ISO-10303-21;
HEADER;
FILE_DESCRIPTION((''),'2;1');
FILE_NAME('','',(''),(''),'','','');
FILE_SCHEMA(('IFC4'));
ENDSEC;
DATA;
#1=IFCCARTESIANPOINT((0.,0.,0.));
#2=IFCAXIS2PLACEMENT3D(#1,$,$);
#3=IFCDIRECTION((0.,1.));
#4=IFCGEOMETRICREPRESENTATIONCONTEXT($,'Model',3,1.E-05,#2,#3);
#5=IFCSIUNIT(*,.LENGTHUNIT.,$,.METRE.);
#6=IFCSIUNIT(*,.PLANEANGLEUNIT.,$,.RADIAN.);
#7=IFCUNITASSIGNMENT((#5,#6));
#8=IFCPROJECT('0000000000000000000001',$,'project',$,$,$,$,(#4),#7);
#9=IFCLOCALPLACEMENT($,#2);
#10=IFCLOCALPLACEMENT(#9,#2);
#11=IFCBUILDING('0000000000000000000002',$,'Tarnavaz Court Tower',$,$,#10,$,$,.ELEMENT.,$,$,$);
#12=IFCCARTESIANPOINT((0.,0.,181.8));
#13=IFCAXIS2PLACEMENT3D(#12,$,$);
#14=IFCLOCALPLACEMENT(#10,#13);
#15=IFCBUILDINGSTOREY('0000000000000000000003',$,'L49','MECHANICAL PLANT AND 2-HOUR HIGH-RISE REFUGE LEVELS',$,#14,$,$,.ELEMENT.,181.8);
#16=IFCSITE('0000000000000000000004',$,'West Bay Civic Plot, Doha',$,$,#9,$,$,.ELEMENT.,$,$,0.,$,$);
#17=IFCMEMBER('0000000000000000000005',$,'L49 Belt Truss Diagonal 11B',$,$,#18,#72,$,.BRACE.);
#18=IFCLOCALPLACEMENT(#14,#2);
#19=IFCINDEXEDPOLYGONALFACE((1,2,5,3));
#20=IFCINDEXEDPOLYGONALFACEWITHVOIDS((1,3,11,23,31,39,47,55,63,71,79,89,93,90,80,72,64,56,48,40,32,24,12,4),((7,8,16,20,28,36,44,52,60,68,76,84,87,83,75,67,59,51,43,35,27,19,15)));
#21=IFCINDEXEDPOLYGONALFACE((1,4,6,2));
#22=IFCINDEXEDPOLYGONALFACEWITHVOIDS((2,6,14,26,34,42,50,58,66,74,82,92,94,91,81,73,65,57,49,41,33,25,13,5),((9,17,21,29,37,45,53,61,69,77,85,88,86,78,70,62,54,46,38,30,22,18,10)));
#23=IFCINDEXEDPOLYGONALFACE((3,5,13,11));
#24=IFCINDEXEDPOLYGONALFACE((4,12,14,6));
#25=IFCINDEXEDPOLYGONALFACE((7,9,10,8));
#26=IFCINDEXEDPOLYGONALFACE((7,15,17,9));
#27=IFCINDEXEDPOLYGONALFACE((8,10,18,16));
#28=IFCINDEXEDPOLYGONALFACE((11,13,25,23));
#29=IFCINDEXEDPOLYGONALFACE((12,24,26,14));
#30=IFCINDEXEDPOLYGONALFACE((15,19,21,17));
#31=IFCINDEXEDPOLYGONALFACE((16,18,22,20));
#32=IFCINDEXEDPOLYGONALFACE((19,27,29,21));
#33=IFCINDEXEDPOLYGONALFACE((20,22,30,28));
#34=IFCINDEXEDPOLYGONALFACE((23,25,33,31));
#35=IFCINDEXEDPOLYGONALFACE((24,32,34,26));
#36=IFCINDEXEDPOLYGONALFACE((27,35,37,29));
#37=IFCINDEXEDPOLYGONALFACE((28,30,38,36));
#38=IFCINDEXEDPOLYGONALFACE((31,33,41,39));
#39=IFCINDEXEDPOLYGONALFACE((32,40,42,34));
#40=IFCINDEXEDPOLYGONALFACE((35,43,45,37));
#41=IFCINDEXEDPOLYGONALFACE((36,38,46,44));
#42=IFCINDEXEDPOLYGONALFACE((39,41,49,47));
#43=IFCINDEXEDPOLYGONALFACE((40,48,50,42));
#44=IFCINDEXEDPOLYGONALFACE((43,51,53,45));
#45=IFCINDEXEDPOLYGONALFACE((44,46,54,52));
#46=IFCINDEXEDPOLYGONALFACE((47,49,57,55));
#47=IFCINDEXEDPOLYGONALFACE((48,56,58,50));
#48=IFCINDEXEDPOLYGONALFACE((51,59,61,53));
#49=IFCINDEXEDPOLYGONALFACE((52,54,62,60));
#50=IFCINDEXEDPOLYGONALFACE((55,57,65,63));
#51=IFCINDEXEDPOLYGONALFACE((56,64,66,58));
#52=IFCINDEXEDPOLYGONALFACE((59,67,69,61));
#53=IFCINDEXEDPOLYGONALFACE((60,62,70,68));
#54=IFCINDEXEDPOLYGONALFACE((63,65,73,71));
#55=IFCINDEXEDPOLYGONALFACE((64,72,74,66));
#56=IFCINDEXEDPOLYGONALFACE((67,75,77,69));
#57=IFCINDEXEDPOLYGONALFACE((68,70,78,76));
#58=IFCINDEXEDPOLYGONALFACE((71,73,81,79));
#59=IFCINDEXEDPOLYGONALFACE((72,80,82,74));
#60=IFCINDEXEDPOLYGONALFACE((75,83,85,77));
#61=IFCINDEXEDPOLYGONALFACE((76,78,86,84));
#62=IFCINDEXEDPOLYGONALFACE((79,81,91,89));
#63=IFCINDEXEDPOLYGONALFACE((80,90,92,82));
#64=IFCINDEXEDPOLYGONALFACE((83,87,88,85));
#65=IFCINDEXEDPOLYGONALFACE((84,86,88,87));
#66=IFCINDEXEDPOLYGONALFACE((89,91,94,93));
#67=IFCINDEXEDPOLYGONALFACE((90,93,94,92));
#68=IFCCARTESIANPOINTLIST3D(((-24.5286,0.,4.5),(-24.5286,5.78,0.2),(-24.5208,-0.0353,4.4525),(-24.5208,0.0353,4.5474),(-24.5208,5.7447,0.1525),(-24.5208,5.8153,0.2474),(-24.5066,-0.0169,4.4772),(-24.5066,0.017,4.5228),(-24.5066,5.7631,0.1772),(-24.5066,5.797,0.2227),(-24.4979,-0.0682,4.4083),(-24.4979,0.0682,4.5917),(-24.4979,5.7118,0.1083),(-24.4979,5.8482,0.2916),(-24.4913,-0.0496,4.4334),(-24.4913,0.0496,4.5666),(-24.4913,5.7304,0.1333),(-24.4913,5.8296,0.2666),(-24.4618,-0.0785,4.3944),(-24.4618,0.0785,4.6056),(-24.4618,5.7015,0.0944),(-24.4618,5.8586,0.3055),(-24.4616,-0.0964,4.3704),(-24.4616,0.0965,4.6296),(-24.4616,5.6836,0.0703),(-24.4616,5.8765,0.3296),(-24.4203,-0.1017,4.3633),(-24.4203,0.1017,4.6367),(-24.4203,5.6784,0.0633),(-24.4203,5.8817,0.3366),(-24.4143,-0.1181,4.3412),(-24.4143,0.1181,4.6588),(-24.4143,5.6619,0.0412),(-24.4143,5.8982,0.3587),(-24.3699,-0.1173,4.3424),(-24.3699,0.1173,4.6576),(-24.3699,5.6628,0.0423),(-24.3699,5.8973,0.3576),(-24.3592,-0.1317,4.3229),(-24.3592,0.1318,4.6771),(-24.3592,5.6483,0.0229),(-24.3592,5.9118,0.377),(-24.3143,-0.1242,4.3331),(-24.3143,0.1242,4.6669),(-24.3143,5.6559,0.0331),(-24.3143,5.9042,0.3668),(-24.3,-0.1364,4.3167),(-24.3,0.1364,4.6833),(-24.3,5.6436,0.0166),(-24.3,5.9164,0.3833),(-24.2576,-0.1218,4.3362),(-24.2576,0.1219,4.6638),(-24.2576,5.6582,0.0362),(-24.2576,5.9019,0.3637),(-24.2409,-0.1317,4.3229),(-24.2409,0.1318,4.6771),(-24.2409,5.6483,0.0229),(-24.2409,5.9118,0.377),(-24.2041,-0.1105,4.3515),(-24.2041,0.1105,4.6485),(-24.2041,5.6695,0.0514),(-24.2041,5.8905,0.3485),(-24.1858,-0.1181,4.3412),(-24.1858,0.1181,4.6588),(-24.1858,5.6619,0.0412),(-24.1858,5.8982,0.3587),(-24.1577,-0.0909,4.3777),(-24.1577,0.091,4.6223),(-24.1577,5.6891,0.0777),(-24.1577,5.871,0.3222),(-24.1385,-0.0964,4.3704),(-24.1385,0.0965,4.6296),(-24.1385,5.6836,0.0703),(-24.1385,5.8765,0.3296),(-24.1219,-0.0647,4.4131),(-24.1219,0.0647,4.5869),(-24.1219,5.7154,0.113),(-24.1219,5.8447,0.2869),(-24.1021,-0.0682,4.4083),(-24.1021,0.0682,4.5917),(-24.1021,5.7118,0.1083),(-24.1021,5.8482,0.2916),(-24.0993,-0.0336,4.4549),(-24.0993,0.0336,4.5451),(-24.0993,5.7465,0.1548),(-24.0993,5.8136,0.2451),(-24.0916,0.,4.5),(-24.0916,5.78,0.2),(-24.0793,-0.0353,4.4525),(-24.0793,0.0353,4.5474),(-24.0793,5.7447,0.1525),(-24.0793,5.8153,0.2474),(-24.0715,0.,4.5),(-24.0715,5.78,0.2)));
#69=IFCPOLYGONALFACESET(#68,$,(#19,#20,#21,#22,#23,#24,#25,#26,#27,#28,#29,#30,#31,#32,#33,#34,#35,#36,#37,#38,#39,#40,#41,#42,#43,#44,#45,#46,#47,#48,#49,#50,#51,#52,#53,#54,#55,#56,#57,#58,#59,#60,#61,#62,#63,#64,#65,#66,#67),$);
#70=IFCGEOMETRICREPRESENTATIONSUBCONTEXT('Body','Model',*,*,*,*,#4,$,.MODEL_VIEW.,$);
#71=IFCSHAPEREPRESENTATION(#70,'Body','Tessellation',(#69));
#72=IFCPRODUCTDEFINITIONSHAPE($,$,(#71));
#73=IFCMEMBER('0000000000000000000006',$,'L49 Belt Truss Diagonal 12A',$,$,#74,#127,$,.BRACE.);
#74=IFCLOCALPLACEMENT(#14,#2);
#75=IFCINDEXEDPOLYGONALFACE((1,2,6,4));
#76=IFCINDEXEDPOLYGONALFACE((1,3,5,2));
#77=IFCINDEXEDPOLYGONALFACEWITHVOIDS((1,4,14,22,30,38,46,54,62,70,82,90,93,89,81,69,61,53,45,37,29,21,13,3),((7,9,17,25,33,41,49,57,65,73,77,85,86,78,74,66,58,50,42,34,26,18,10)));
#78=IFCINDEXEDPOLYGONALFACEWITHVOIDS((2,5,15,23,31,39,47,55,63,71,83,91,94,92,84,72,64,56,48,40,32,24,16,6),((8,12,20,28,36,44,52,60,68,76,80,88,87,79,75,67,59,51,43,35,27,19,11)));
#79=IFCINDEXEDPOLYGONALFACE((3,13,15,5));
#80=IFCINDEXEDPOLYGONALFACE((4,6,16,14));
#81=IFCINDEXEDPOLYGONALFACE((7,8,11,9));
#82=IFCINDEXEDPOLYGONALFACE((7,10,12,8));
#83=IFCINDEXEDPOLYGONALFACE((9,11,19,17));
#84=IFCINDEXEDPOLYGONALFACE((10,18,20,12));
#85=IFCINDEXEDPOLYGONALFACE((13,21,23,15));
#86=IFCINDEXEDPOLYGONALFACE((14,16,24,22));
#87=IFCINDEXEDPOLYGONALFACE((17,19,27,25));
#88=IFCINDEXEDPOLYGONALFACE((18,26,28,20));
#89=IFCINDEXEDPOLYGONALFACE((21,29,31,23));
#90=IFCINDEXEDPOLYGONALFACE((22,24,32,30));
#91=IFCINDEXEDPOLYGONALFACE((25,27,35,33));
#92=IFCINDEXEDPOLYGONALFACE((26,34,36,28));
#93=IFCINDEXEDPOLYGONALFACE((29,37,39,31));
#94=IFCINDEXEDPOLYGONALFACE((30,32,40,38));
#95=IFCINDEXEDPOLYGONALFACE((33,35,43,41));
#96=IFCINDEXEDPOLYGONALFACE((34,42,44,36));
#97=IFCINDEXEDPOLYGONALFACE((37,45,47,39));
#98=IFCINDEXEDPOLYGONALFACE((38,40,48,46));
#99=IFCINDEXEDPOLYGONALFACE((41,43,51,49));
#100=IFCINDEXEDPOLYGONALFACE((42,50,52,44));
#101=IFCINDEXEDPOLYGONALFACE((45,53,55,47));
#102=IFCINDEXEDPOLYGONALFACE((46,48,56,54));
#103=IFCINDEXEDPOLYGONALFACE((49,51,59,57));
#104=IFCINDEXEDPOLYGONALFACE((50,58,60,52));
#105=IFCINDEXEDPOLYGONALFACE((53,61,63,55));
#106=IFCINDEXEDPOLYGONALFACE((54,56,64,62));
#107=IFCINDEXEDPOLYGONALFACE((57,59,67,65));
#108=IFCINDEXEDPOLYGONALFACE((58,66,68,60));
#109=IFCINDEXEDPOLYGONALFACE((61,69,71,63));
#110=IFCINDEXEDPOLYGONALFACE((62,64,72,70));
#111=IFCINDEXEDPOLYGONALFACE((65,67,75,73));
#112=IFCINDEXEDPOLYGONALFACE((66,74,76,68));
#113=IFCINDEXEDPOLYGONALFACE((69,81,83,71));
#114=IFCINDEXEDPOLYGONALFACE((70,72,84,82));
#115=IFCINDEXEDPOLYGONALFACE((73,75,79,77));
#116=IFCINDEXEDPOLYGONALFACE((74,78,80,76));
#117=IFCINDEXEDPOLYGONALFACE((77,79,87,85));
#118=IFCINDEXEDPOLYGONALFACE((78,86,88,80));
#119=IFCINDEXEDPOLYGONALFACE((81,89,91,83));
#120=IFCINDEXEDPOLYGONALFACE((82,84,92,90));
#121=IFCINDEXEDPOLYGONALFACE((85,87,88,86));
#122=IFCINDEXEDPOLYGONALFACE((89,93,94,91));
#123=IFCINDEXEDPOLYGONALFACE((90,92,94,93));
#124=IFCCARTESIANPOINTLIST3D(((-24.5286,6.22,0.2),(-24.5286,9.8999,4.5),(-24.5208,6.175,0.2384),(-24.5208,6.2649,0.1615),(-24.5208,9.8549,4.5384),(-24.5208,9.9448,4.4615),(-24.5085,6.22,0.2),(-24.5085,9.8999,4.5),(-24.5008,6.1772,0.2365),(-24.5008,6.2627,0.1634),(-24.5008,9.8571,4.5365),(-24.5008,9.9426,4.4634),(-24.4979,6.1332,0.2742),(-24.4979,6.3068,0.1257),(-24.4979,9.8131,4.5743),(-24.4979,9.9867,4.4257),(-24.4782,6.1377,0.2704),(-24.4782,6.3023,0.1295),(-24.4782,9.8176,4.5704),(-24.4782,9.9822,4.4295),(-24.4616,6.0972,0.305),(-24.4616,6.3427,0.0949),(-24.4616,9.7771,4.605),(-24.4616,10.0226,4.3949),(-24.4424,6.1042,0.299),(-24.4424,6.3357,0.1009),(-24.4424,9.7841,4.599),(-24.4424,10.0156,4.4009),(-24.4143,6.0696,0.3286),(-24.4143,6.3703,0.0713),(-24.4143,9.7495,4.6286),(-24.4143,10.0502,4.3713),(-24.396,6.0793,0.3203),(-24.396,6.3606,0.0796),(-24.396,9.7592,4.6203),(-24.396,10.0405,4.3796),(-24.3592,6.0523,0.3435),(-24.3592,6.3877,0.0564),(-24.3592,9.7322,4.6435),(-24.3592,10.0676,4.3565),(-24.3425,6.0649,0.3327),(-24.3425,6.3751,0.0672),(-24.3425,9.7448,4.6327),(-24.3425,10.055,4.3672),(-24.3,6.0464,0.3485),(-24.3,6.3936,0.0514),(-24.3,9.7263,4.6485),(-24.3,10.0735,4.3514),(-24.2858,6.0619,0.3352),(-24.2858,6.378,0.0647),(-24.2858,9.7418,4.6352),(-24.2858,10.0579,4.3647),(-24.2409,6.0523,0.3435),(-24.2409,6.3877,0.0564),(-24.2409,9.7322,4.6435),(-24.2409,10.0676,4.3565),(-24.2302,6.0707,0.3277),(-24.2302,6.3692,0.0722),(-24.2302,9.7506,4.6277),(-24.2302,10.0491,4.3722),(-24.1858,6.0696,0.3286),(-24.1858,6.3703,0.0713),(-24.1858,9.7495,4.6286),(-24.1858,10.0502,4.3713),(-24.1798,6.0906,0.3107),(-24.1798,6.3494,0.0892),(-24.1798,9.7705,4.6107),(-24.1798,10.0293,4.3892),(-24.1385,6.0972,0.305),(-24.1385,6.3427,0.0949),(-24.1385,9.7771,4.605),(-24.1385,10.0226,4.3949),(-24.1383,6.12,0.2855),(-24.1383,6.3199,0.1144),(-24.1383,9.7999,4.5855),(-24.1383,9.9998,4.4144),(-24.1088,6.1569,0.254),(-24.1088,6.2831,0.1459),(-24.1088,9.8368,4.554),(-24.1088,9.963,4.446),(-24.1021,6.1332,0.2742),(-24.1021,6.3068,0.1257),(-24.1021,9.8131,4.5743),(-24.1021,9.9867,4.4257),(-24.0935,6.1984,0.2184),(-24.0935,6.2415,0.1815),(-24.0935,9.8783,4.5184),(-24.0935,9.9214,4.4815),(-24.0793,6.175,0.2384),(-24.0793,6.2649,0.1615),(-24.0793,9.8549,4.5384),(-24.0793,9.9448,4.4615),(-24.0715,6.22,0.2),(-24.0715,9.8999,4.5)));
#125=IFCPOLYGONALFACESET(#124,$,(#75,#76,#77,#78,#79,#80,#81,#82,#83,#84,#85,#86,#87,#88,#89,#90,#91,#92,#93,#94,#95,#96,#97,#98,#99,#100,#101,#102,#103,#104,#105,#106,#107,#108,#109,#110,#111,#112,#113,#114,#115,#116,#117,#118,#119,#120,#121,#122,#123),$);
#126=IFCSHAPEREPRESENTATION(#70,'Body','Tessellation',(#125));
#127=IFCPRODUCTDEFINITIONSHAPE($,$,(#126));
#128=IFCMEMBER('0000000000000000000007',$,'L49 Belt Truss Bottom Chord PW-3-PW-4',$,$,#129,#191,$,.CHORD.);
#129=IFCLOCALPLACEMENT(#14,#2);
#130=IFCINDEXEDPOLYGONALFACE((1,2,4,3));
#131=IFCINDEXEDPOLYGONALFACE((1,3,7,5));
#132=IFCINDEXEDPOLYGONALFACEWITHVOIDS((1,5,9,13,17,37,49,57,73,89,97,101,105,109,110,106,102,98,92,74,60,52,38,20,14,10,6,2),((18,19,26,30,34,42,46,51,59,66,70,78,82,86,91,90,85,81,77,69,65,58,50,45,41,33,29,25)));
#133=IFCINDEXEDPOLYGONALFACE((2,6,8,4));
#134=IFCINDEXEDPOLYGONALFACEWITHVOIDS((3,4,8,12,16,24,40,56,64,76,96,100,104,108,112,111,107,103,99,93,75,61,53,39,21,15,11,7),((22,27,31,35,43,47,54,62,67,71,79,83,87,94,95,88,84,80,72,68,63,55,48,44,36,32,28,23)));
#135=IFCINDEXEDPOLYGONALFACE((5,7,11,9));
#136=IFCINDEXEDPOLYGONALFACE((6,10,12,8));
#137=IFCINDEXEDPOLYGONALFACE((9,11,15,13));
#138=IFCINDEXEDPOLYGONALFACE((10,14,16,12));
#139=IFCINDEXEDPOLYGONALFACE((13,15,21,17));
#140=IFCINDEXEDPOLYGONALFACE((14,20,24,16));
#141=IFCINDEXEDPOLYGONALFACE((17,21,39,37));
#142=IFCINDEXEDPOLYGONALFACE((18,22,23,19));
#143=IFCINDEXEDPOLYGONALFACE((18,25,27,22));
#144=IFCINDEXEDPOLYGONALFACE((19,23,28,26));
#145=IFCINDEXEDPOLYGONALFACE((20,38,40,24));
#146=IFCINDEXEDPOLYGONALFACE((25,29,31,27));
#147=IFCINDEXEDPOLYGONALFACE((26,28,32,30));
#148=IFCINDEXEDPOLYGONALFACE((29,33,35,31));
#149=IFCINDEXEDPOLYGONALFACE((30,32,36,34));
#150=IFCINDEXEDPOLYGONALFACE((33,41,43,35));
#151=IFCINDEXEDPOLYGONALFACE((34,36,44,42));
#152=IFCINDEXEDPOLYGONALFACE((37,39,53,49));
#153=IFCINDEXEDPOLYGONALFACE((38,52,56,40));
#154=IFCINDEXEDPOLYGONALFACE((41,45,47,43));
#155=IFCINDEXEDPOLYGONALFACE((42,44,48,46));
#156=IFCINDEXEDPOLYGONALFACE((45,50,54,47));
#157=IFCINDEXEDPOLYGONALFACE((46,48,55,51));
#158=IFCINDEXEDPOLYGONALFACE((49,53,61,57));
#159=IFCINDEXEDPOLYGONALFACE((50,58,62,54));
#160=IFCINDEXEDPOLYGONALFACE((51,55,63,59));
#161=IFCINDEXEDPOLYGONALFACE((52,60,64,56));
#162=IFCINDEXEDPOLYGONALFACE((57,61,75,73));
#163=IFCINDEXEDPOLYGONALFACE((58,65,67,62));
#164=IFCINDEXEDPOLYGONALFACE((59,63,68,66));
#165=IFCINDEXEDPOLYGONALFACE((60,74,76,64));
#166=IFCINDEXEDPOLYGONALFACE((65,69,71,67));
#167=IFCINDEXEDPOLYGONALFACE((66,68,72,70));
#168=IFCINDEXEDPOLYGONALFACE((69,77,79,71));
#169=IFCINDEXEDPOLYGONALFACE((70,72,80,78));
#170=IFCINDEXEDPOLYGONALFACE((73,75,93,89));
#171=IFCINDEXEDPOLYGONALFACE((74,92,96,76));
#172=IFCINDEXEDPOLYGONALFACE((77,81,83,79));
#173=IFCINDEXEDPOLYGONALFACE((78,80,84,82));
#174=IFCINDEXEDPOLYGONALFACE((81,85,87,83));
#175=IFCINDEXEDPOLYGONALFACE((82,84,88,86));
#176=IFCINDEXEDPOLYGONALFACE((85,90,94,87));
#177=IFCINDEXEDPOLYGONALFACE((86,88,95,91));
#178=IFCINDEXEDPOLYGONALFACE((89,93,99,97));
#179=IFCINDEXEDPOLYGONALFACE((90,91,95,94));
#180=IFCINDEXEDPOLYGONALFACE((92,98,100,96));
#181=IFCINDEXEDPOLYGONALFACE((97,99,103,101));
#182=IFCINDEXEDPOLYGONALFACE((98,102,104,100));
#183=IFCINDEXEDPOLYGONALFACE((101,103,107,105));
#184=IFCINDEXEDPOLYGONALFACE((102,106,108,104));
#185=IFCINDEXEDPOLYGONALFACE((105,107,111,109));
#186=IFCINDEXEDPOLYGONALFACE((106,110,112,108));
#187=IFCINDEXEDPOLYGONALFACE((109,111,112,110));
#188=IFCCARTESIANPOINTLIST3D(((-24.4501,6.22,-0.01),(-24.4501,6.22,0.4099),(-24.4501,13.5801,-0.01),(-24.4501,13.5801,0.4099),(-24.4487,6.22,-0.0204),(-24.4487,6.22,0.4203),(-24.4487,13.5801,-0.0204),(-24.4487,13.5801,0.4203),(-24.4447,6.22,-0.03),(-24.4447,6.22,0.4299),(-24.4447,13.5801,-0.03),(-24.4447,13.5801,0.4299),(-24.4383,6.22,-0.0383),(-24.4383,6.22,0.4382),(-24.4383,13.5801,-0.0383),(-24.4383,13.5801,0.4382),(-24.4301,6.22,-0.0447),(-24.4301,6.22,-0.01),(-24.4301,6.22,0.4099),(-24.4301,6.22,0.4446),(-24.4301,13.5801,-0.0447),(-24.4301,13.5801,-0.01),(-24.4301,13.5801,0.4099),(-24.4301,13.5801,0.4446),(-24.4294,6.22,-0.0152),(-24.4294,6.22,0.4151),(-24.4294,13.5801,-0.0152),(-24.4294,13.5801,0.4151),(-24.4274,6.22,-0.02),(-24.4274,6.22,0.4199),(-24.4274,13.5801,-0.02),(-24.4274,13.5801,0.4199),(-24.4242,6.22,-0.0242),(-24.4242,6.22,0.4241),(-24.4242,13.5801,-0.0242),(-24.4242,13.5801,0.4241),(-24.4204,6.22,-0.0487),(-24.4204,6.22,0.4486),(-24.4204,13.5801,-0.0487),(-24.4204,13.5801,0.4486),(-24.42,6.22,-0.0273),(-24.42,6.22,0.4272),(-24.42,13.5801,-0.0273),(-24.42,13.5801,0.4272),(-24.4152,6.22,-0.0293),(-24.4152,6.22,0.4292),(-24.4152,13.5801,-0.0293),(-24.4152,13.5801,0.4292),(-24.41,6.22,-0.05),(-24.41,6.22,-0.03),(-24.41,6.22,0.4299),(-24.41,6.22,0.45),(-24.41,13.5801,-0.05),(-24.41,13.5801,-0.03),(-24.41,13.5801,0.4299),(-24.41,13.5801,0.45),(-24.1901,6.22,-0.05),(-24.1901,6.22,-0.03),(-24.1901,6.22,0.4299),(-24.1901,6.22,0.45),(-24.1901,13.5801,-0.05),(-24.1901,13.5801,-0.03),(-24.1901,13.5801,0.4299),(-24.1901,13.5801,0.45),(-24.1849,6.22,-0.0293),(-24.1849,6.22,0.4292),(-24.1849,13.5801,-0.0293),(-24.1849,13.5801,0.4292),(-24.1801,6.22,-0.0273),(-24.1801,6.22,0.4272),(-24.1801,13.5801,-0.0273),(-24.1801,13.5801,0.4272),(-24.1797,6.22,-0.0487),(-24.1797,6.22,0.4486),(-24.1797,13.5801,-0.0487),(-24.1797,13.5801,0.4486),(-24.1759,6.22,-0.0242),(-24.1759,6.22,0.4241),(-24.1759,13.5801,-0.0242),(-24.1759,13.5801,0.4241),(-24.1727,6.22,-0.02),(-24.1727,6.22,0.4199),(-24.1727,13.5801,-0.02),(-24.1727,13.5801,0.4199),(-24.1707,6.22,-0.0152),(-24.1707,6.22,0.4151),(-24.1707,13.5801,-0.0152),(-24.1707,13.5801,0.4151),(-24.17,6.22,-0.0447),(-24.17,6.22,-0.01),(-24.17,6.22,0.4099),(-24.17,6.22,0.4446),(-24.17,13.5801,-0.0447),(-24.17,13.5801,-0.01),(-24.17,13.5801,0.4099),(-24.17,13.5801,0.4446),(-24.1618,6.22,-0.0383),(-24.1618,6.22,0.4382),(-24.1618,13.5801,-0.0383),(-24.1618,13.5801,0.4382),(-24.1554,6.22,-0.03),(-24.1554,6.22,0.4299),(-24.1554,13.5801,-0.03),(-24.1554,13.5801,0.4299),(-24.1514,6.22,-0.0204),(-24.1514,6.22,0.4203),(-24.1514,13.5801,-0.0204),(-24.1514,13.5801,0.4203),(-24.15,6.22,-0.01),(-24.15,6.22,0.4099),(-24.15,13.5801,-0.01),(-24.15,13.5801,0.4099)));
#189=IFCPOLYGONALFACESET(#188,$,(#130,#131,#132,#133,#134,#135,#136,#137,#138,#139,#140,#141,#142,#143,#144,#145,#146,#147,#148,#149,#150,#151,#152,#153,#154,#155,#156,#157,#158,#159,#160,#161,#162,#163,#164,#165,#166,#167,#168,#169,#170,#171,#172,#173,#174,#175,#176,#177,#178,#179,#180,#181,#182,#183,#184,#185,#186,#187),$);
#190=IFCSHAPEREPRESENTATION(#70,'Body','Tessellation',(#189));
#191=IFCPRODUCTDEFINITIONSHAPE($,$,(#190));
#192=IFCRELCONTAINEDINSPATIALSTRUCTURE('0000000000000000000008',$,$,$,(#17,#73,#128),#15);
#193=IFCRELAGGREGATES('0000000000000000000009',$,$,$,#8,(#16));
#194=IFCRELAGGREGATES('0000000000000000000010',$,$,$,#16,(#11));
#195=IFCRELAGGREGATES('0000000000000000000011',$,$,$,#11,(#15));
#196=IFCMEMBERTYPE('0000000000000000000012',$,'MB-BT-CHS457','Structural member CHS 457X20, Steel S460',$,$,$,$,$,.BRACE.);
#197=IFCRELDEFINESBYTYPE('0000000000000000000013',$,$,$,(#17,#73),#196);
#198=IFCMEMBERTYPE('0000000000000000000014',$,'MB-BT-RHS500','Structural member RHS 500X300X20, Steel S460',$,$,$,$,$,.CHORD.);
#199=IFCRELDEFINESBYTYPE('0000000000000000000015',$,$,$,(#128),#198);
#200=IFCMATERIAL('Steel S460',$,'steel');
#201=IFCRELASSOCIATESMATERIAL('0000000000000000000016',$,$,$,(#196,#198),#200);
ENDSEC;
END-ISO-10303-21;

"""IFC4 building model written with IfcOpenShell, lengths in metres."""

from ifc_helpers import new_model, si_unit, direction, frame, origin, origin_2d, place, context, subcontext, project, spatial, hollow_rectangle, hollow_circle, extrude, material, material_profile, profile_set, type_object, element, save


model = new_model("IFC4")

# Units and contexts
model_context = context("Model", 3, precision=1e-05, world=origin(), true_north=direction((0.0, 1.0)))
body_context = subcontext(model_context, "Body", "Model", "MODEL_VIEW")
ifc_project = project(units=[si_unit("LENGTHUNIT", "METRE"), si_unit("PLANEANGLEUNIT", "RADIAN")], contexts=[model_context])

# Site, building, storey
site_placement = place(None, origin())
site = spatial("IfcSite", under=ifc_project, at=site_placement, Name="West Bay Civic Plot, Doha", CompositionType="ELEMENT", RefElevation=0.0)
building_placement = place(site_placement, origin())
building = spatial("IfcBuilding", under=site, at=building_placement, Name="Tarnavaz Court Tower", CompositionType="ELEMENT")
storey_placement = place(building_placement, frame((0.0, 0.0, 181.8)))
storey = spatial("IfcBuildingStorey", under=building, at=storey_placement, Name="L49", Description="MECHANICAL PLANT AND 2-HOUR HIGH-RISE REFUGE LEVELS", CompositionType="ELEMENT", Elevation=181.8)

# Shared definitions
ifc_material_1 = material(Name="Steel S460", Category="steel")

# Members
ifc_material_profile_1 = material_profile(ifc_material_1, hollow_circle(Radius=0.2285, WallThickness=0.02, at=origin_2d()), Name="CHS 457X20")
ifc_profile_set_1 = profile_set([ifc_material_profile_1], Name="Steel S460")
member_type_1 = type_object("IfcMemberType", Name="MB-BT-CHS457", Description="Structural member CHS 457X20, Steel S460", PredefinedType="BRACE", material=ifc_profile_set_1)
member_1_placement = place(storey_placement, frame((-24.3, 5.78, 0.2), z_axis=(0.0, -0.802324, 0.596889), x_axis=(1.0, 0.0, 0.0)))
element("IfcMember", 1, at=member_1_placement, inside=storey, type_object=member_type_1, Name="L49 Belt Truss Diagonal 11B", PredefinedType="BRACE", context=body_context, shape_type="SweptSolid", body=[
    extrude(hollow_circle(Radius=0.2285, WallThickness=0.02, at=origin_2d()), origin(), (0.0, 0.0, 1.0), 7.2041),
])
member_2_placement = place(storey_placement, frame((-24.3, 6.22, 0.2), z_axis=(0.0, 0.650198, 0.759765), x_axis=(-1.0, 0.0, 0.0)))
element("IfcMember", 2, at=member_2_placement, inside=storey, type_object=member_type_1, Name="L49 Belt Truss Diagonal 12A", PredefinedType="BRACE", context=body_context, shape_type="SweptSolid", body=[
    extrude(hollow_circle(Radius=0.2285, WallThickness=0.02, at=origin_2d()), origin(), (0.0, 0.0, 1.0), 5.6597),
])
ifc_material_profile_2 = material_profile(ifc_material_1, hollow_rectangle(XDim=0.3, YDim=0.5, WallThickness=0.02, InnerFilletRadius=0.02, OuterFilletRadius=0.04, at=origin_2d()), Name="RHS 500X300X20")
ifc_profile_set_2 = profile_set([ifc_material_profile_2], Name="Steel S460")
member_type_2 = type_object("IfcMemberType", Name="MB-BT-RHS500", Description="Structural member RHS 500X300X20, Steel S460", PredefinedType="CHORD", material=ifc_profile_set_2)
member_3_placement = place(storey_placement, frame((-24.3, 6.22, 0.2), z_axis=(0.0, 1.0, 0.0), x_axis=(-1.0, 0.0, 0.0)))
element("IfcMember", 3, at=member_3_placement, inside=storey, type_object=member_type_2, Name="L49 Belt Truss Bottom Chord PW-3-PW-4", PredefinedType="CHORD", context=body_context, shape_type="SweptSolid", body=[
    extrude(hollow_rectangle(XDim=0.3, YDim=0.5, WallThickness=0.02, InnerFilletRadius=0.02, OuterFilletRadius=0.04, at=origin_2d()), origin(), (0.0, 0.0, 1.0), 7.3601),
])

save(model, "model.ifc")
